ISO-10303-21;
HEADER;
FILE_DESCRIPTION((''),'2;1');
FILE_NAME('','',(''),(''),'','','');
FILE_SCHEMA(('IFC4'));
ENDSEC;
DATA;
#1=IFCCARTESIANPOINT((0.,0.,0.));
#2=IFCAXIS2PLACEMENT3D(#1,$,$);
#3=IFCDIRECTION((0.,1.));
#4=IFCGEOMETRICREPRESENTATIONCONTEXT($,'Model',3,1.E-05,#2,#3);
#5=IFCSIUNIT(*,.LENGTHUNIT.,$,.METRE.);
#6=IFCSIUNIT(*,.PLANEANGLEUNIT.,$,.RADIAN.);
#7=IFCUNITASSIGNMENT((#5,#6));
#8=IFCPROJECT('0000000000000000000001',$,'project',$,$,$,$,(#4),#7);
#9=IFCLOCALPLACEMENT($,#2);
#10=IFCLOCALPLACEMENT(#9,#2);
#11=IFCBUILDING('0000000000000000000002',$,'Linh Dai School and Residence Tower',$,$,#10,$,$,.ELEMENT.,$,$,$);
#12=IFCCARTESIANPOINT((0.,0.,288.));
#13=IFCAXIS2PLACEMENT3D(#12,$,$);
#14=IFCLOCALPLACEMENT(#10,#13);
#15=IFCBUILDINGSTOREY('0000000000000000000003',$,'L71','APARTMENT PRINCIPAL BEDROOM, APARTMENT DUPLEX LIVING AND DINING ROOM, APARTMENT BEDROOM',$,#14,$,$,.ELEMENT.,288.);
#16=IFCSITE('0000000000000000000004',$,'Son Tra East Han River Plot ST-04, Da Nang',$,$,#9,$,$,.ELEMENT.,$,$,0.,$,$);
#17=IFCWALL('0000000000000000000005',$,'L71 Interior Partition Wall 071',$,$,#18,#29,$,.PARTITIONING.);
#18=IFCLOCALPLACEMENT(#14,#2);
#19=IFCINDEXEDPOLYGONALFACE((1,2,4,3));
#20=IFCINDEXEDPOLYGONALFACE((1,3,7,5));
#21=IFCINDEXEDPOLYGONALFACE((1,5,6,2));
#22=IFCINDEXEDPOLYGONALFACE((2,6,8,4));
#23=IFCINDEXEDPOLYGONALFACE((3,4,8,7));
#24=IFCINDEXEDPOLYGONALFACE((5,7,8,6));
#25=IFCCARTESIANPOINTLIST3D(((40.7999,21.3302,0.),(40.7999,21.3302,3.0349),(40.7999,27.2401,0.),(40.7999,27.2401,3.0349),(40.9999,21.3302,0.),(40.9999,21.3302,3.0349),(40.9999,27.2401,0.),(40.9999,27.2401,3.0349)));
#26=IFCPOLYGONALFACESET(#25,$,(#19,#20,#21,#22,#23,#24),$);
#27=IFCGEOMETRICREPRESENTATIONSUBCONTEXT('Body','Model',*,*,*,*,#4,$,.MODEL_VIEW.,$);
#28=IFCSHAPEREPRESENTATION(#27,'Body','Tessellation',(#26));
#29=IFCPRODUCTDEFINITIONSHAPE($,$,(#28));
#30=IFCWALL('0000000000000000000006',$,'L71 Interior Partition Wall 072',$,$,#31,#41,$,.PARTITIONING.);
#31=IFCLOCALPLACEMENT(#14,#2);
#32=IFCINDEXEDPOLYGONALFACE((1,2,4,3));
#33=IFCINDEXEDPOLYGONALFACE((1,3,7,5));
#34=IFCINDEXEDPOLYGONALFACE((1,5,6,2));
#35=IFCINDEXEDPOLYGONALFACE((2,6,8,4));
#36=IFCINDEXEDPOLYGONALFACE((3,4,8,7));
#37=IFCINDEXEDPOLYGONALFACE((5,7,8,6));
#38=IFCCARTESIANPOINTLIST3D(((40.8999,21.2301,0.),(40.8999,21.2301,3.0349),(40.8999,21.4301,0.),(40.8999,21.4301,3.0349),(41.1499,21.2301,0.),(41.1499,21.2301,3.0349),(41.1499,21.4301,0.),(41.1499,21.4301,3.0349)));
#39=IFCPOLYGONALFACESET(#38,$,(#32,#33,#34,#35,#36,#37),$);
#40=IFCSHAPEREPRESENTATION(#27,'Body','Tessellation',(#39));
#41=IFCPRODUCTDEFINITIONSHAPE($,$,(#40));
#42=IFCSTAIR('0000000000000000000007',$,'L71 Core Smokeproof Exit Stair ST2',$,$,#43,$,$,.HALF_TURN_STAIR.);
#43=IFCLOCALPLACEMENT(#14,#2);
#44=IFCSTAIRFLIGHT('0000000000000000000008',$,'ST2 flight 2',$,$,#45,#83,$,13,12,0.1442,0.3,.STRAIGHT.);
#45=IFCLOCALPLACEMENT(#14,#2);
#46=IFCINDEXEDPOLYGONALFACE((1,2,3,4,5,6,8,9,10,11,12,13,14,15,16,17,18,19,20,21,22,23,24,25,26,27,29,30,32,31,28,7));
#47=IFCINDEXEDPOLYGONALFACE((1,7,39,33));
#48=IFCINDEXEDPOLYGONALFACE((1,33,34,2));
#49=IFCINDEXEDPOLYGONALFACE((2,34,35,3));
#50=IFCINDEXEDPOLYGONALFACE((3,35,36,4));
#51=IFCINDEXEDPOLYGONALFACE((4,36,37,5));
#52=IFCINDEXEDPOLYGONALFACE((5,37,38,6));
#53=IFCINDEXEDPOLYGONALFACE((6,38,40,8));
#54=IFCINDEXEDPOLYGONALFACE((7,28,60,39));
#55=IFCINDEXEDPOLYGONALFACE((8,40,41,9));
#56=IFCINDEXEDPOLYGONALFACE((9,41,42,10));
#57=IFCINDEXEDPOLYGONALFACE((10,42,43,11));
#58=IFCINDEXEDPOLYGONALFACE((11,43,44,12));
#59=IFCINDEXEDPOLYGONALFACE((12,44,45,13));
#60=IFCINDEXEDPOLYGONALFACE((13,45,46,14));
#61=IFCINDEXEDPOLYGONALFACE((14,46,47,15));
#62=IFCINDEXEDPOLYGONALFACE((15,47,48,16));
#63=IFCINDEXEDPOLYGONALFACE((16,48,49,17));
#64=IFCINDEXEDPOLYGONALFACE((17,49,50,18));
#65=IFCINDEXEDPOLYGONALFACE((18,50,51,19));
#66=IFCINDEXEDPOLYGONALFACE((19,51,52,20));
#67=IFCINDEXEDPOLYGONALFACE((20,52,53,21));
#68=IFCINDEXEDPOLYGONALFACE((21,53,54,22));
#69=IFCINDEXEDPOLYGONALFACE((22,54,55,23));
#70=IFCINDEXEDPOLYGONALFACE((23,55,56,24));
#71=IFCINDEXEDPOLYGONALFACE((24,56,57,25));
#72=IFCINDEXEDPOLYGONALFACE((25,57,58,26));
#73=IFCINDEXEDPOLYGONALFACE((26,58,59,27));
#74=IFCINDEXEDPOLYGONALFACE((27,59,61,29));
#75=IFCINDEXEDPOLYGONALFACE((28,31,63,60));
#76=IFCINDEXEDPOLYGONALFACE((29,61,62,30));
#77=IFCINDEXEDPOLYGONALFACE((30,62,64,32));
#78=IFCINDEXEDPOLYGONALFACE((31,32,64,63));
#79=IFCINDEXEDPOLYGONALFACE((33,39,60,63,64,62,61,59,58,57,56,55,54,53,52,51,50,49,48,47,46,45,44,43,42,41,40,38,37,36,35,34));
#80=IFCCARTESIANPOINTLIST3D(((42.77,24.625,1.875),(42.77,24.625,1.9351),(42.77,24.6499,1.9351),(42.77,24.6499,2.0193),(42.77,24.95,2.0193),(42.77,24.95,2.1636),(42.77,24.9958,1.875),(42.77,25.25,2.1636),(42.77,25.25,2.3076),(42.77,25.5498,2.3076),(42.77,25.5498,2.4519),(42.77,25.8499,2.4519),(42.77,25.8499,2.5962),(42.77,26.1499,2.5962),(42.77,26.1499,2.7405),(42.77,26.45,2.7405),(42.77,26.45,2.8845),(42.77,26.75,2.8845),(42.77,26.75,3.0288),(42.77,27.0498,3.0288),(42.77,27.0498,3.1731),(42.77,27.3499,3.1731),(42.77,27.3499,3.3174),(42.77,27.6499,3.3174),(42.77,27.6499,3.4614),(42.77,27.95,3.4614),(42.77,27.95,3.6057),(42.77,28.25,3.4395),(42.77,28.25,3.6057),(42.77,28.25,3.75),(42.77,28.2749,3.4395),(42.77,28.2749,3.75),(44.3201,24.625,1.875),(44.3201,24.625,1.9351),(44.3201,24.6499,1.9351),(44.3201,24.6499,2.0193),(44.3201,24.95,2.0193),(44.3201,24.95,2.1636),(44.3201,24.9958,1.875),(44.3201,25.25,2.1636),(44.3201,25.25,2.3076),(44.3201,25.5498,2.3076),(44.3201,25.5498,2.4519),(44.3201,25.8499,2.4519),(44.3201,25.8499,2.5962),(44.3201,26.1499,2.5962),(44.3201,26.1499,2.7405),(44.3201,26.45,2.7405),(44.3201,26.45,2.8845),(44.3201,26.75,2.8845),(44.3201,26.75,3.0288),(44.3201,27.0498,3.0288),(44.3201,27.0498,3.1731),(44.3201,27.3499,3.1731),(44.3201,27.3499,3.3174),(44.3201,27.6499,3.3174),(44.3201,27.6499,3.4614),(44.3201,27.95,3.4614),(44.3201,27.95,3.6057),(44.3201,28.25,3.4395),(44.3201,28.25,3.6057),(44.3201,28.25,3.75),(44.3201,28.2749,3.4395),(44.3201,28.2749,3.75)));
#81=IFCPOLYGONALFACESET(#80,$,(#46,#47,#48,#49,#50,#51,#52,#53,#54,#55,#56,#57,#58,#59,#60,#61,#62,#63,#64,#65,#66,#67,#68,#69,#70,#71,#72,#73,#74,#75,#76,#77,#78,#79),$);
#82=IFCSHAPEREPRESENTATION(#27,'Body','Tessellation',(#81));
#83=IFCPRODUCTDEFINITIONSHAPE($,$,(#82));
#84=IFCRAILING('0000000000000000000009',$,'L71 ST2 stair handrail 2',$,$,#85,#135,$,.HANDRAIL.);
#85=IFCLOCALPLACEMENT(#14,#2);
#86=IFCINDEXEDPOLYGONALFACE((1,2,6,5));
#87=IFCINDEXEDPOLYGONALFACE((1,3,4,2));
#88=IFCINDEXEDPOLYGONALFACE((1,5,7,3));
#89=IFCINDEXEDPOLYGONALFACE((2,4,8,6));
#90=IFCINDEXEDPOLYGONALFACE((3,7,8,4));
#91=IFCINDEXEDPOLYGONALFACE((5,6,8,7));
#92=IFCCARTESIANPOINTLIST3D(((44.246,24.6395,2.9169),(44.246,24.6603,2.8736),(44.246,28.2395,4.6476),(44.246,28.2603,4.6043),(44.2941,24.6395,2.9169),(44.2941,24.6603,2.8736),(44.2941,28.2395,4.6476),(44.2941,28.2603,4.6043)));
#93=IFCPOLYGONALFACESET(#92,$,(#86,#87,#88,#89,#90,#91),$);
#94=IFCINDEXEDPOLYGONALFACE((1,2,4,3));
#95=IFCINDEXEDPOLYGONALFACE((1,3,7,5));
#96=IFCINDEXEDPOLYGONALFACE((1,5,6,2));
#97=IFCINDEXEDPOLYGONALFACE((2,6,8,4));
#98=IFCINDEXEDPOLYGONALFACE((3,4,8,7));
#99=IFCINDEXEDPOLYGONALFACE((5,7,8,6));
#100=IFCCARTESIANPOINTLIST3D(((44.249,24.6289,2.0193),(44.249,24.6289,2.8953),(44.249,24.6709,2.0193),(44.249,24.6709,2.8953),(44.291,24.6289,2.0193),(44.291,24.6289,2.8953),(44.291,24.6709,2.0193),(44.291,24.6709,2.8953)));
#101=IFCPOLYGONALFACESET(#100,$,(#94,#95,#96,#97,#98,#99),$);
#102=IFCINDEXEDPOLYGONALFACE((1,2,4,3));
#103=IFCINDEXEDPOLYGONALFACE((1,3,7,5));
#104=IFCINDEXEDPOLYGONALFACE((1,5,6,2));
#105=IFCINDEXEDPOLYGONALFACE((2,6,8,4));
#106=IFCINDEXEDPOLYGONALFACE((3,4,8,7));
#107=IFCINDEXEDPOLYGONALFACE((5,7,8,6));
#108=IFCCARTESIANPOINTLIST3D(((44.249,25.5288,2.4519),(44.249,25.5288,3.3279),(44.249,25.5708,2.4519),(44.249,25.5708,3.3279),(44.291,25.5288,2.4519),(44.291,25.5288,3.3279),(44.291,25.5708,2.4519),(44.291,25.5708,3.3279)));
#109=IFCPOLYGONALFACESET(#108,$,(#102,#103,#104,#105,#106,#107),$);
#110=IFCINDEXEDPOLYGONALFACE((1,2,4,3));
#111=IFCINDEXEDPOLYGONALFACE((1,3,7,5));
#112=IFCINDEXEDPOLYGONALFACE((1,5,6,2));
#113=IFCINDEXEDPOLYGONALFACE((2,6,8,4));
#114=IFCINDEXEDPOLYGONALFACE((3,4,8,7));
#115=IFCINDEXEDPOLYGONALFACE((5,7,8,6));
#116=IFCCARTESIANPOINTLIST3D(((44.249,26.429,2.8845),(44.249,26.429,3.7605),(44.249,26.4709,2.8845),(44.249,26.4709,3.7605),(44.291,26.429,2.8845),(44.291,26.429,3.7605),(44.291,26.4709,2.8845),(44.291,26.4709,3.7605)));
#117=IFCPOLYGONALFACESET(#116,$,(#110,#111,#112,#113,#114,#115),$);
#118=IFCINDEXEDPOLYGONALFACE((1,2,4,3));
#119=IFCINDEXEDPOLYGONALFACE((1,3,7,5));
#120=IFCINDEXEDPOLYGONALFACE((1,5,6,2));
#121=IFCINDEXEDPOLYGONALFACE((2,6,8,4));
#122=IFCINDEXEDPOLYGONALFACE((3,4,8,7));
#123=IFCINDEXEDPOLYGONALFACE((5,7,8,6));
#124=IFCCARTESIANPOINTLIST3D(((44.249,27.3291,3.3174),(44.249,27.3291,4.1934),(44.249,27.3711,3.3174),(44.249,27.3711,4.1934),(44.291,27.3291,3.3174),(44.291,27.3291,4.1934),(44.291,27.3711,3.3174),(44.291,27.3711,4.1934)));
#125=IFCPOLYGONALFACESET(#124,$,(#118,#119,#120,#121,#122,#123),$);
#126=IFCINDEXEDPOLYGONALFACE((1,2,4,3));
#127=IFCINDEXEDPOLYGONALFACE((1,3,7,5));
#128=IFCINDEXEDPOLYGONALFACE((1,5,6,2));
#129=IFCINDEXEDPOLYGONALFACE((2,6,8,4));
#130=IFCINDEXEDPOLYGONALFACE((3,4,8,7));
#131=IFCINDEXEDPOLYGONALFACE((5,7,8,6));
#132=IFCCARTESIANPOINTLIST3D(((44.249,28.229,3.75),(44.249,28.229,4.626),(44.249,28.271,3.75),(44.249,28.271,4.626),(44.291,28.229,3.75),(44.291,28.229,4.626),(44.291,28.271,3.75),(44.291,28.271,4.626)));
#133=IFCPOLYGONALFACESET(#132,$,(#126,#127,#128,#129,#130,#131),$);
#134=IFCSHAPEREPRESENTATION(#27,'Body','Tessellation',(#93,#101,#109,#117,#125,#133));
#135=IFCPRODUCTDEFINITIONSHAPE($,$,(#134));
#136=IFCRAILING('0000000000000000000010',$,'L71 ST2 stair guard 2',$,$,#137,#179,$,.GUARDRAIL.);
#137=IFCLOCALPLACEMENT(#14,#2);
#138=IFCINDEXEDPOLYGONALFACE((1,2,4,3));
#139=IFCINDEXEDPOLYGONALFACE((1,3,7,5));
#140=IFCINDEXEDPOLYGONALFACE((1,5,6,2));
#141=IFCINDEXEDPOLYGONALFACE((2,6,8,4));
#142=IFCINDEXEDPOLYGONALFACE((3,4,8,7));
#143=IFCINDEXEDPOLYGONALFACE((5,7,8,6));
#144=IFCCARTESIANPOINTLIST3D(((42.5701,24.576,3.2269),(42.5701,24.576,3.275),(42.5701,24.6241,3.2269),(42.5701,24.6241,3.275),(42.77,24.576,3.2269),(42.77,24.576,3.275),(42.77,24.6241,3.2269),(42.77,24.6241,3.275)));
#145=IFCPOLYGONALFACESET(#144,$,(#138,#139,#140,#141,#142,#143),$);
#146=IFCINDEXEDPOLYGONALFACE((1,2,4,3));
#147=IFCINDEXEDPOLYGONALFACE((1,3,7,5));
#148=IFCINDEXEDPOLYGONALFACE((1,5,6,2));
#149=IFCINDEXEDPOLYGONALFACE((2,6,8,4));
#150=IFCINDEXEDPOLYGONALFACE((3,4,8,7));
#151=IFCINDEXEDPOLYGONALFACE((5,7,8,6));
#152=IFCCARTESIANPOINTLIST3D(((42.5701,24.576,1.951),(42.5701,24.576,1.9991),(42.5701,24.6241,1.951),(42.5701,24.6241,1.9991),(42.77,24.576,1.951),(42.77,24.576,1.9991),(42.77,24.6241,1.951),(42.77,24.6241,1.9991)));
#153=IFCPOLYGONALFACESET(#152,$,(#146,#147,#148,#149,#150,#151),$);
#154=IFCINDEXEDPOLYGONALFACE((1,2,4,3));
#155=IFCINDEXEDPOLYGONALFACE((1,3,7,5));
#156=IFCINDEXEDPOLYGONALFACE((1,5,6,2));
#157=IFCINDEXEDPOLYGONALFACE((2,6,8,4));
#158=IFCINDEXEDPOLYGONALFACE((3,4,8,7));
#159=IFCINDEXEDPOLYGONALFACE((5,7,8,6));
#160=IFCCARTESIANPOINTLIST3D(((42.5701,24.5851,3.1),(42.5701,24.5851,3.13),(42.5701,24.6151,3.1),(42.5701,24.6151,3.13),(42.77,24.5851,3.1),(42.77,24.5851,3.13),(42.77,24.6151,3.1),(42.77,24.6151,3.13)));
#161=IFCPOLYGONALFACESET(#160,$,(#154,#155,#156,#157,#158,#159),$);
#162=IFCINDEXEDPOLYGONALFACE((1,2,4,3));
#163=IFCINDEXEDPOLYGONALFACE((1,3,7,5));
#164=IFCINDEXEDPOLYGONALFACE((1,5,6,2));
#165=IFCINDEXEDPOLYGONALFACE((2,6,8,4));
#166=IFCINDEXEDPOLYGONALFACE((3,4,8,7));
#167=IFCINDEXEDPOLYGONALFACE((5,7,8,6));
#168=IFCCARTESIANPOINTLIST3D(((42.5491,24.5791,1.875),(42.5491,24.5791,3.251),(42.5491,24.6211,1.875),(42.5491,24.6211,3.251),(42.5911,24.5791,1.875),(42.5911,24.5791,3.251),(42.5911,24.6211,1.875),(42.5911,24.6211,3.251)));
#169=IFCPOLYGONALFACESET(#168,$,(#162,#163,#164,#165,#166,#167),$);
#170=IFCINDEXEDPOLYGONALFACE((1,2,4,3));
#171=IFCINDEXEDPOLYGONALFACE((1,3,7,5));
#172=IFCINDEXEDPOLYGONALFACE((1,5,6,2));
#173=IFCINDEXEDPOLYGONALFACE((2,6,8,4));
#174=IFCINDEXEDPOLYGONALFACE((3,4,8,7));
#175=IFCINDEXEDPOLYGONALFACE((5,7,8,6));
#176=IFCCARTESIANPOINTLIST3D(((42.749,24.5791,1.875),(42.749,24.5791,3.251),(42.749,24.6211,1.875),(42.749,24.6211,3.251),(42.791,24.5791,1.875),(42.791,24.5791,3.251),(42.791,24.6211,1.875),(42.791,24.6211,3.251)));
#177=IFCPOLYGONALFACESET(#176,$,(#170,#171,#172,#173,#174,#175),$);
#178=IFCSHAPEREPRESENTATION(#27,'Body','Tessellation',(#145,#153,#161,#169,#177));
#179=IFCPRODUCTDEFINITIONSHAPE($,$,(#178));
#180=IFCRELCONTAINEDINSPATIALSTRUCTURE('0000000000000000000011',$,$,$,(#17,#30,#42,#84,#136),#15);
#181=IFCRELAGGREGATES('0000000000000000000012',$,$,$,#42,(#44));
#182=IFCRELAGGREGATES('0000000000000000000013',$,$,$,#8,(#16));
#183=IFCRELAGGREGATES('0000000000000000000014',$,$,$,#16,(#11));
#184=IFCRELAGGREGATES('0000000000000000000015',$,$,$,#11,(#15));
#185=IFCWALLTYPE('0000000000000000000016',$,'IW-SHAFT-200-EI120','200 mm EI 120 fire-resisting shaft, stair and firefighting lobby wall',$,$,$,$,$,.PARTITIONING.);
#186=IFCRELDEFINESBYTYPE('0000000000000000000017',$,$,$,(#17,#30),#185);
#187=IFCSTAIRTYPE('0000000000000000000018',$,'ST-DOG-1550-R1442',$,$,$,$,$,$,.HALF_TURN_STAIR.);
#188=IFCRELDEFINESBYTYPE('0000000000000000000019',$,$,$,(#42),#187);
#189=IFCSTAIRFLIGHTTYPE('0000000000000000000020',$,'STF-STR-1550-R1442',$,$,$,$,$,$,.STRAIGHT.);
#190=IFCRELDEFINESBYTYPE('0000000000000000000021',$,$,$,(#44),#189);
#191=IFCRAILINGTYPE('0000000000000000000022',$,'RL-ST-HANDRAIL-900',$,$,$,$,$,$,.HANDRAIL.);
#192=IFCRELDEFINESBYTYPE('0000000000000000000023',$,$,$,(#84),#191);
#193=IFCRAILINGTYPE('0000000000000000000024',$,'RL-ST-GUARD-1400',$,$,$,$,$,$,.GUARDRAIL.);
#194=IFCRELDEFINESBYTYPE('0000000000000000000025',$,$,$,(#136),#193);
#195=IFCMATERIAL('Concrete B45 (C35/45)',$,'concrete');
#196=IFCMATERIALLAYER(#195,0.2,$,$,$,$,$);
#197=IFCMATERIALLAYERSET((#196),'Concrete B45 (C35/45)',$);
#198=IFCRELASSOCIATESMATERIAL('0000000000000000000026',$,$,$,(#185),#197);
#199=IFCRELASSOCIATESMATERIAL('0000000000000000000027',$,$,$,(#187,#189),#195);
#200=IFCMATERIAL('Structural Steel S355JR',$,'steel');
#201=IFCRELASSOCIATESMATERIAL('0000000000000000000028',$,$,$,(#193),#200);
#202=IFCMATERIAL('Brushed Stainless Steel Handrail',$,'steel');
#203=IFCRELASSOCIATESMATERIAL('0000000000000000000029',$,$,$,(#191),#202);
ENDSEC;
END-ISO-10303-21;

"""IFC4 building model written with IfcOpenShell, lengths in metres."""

from ifc_helpers import new_model, si_unit, direction, frame, frame_2d, origin, origin_2d, place, context, subcontext, project, spatial, polyline, rectangle, outline, extrude, source, transform, mapped, material, layer, layer_set, type_object, element, aggregate, save


model = new_model("IFC4")

# Units and contexts
model_context = context("Model", 3, precision=1e-05, world=origin(), true_north=direction((0.0, 1.0)))
body_context = subcontext(model_context, "Body", "Model", "MODEL_VIEW")
ifc_project = project(units=[si_unit("LENGTHUNIT", "METRE"), si_unit("PLANEANGLEUNIT", "RADIAN")], contexts=[model_context])

# Site, building, storey
site_placement = place(None, origin())
site = spatial("IfcSite", under=ifc_project, at=site_placement, Name="Son Tra East Han River Plot ST-04, Da Nang", CompositionType="ELEMENT", RefElevation=0.0)
building_placement = place(site_placement, origin())
building = spatial("IfcBuilding", under=site, at=building_placement, Name="Linh Dai School and Residence Tower", CompositionType="ELEMENT")
storey_placement = place(building_placement, frame((0.0, 0.0, 288.0)))
storey = spatial("IfcBuildingStorey", under=building, at=storey_placement, Name="L71", Description="APARTMENT PRINCIPAL BEDROOM, APARTMENT DUPLEX LIVING AND DINING ROOM, APARTMENT BEDROOM", CompositionType="ELEMENT", Elevation=288.0)

# Shared definitions
ifc_material_1 = material(Name="Structural Steel S355JR", Category="steel")

# Walls
ifc_material_2 = material(Name="Concrete B45 (C35/45)", Category="concrete")
ifc_layer_1 = layer(ifc_material_2, 0.2)
ifc_layer_set_1 = layer_set([ifc_layer_1], Name="Concrete B45 (C35/45)")
wall_type_1 = type_object("IfcWallType", Name="IW-SHAFT-200-EI120", Description="200 mm EI 120 fire-resisting shaft, stair and firefighting lobby wall", PredefinedType="PARTITIONING", material=ifc_layer_set_1)
wall_1_placement = place(storey_placement, frame((40.8999, 21.3301, 0.0), z_axis=(0.0, 0.0, 1.0), x_axis=(0.0, 1.0, 0.0)))
element("IfcWall", 1, at=wall_1_placement, inside=storey, type_object=wall_type_1, Name="L71 Interior Partition Wall 071", PredefinedType="PARTITIONING", context=body_context, shape_type="SweptSolid", body=[
    extrude(rectangle(XDim=5.9099, YDim=0.2, at=frame_2d((2.9551, 0.0))), origin(), (0.0, 0.0, 1.0), 3.0349),
])
wall_2_placement = place(storey_placement, frame((40.8999, 21.3301, 0.0), z_axis=(0.0, 0.0, 1.0), x_axis=(1.0, 0.0, 0.0)))
element("IfcWall", 2, at=wall_2_placement, inside=storey, type_object=wall_type_1, Name="L71 Interior Partition Wall 072", PredefinedType="PARTITIONING", context=body_context, shape_type="SweptSolid", body=[
    extrude(rectangle(XDim=0.25, YDim=0.2, at=frame_2d((0.125, 0.0))), origin(), (0.0, 0.0, 1.0), 3.0349),
])

# Stair, stair flight
stair_type = type_object("IfcStairType", Name="ST-DOG-1550-R1442", PredefinedType="HALF_TURN_STAIR", material=ifc_material_2)
stair_placement = place(storey_placement, origin())
stair = element("IfcStair", 3, at=stair_placement, inside=storey, type_object=stair_type, Name="L71 Core Smokeproof Exit Stair ST2", PredefinedType="HALF_TURN_STAIR")
stair_flight_type = type_object("IfcStairFlightType", Name="STF-STR-1550-R1442", PredefinedType="STRAIGHT", material=ifc_material_2)
shared_shape_1 = source(origin(), body_context, "Body", "SweptSolid", [
    extrude(outline(polyline([(-0.0249, 0.0), (-0.0249, 0.0601), (0.0, 0.0601), (0.0, 0.1443), (0.3, 0.1443), (0.3, 0.2886), (0.6001, 0.2886), (0.6001, 0.4326), (0.8999, 0.4326), (0.8999, 0.5769), (1.2, 0.5769), (1.2, 0.7212), (1.5, 0.7212), (1.5, 0.8655), (1.8, 0.8655), (1.8, 1.0095), (2.1001, 1.0095), (2.1001, 1.1538), (2.3999, 1.1538), (2.3999, 1.2981), (2.7, 1.2981), (2.7, 1.4424), (3.0, 1.4424), (3.0, 1.5864), (3.3, 1.5864), (3.3, 1.7307), (3.6001, 1.7307), (3.6001, 1.875), (3.625, 1.875), (3.625, 1.5645), (3.6001, 1.5645), (0.3459, 0.0), (-0.0249, 0.0)])), frame((0.0, 0.7749, 0.0), z_axis=(0.0, -1.0, 0.0), x_axis=(1.0, 0.0, 0.0)), (0.0, 0.0, 1.0), 1.55),
])
stair_flight_placement = place(storey_placement, frame((43.5449, 24.6499, 1.875), z_axis=(0.0, 0.0, 1.0), x_axis=(0.0, 1.0, 0.0)))
stair_flight = element("IfcStairFlight", 4, at=stair_flight_placement, type_object=stair_flight_type, Name="ST2 flight 2", NumberOfRisers=13, NumberOfTreads=12, PredefinedType="STRAIGHT", RiserHeight=0.1442, TreadLength=0.3, context=body_context, shape_type="MappedRepresentation", body=[
    mapped(shared_shape_1, transform((0.0, 0.0, 0.0), x_axis=(1.0, 0.0, 0.0), y_axis=(0.0, 1.0, 0.0), z_axis=(0.0, 0.0, 1.0), scale=1.0)),
])
aggregate(stair, [stair_flight])

# Railings
railing_type_1 = type_object("IfcRailingType", Name="RL-ST-GUARD-1400", PredefinedType="GUARDRAIL", material=ifc_material_1)
ifc_material_3 = material(Name="Brushed Stainless Steel Handrail", Category="steel")
railing_type_2 = type_object("IfcRailingType", Name="RL-ST-HANDRAIL-900", PredefinedType="HANDRAIL", material=ifc_material_3)
shared_shape_2 = source(origin(), body_context, "Body", "SweptSolid", [
    extrude(rectangle(XDim=0.0481, YDim=0.0481, at=origin_2d()), frame((0.0, 0.0, 0.876), z_axis=(0.0, 0.901263, 0.433273), x_axis=(-1.0, 0.0, 0.0)), (0.0, 0.0, 1.0), 3.9944),
    extrude(rectangle(XDim=0.042, YDim=0.042, at=origin_2d()), origin(), (0.0, 0.0, 1.0), 0.876),
    extrude(rectangle(XDim=0.042, YDim=0.042, at=origin_2d()), frame((0.0, 0.8999, 0.4326)), (0.0, 0.0, 1.0), 0.876),
    extrude(rectangle(XDim=0.042, YDim=0.042, at=origin_2d()), frame((0.0, 1.8, 0.8652)), (0.0, 0.0, 1.0), 0.876),
    extrude(rectangle(XDim=0.042, YDim=0.042, at=origin_2d()), frame((0.0, 2.7002, 1.2981)), (0.0, 0.0, 1.0), 0.876),
    extrude(rectangle(XDim=0.042, YDim=0.042, at=origin_2d()), frame((0.0, 3.6001, 1.7307)), (0.0, 0.0, 1.0), 0.876),
])
railing_1_placement = place(storey_placement, frame((44.27, 24.6499, 2.0193)))
element("IfcRailing", 5, at=railing_1_placement, inside=storey, type_object=railing_type_2, Name="L71 ST2 stair handrail 2", PredefinedType="HANDRAIL", context=body_context, shape_type="MappedRepresentation", body=[
    mapped(shared_shape_2, transform((0.0, 0.0, 0.0), x_axis=(1.0, 0.0, 0.0), y_axis=(0.0, 1.0, 0.0), z_axis=(0.0, 0.0, 1.0), scale=1.0)),
])
shared_shape_3 = source(origin(), body_context, "Body", "SweptSolid", [
    extrude(rectangle(XDim=0.0481, YDim=0.0481, at=origin_2d()), frame((0.0, 0.0, 1.376), z_axis=(1.0, 0.0, 0.0), x_axis=(0.0, 1.0, 0.0)), (0.0, 0.0, 1.0), 0.2),
    extrude(rectangle(XDim=0.0481, YDim=0.0481, at=origin_2d()), frame((0.0, 0.0, 0.1001), z_axis=(1.0, 0.0, 0.0), x_axis=(0.0, 1.0, 0.0)), (0.0, 0.0, 1.0), 0.2),
    extrude(rectangle(XDim=0.03, YDim=0.03, at=origin_2d()), frame((0.0, 0.0, 1.24), z_axis=(1.0, 0.0, 0.0), x_axis=(0.0, 1.0, 0.0)), (0.0, 0.0, 1.0), 0.2),
    extrude(rectangle(XDim=0.042, YDim=0.042, at=origin_2d()), origin(), (0.0, 0.0, 1.0), 1.376),
    extrude(rectangle(XDim=0.042, YDim=0.042, at=origin_2d()), frame((0.2, 0.0, 0.0)), (0.0, 0.0, 1.0), 1.376),
])
railing_2_placement = place(storey_placement, frame((42.5701, 24.6001, 1.875)))
element("IfcRailing", 6, at=railing_2_placement, inside=storey, type_object=railing_type_1, Name="L71 ST2 stair guard 2", PredefinedType="GUARDRAIL", context=body_context, shape_type="MappedRepresentation", body=[
    mapped(shared_shape_3, transform((0.0, 0.0, 0.0), x_axis=(1.0, 0.0, 0.0), y_axis=(0.0, 1.0, 0.0), z_axis=(0.0, 0.0, 1.0), scale=1.0)),
])

save(model, "model.ifc")
